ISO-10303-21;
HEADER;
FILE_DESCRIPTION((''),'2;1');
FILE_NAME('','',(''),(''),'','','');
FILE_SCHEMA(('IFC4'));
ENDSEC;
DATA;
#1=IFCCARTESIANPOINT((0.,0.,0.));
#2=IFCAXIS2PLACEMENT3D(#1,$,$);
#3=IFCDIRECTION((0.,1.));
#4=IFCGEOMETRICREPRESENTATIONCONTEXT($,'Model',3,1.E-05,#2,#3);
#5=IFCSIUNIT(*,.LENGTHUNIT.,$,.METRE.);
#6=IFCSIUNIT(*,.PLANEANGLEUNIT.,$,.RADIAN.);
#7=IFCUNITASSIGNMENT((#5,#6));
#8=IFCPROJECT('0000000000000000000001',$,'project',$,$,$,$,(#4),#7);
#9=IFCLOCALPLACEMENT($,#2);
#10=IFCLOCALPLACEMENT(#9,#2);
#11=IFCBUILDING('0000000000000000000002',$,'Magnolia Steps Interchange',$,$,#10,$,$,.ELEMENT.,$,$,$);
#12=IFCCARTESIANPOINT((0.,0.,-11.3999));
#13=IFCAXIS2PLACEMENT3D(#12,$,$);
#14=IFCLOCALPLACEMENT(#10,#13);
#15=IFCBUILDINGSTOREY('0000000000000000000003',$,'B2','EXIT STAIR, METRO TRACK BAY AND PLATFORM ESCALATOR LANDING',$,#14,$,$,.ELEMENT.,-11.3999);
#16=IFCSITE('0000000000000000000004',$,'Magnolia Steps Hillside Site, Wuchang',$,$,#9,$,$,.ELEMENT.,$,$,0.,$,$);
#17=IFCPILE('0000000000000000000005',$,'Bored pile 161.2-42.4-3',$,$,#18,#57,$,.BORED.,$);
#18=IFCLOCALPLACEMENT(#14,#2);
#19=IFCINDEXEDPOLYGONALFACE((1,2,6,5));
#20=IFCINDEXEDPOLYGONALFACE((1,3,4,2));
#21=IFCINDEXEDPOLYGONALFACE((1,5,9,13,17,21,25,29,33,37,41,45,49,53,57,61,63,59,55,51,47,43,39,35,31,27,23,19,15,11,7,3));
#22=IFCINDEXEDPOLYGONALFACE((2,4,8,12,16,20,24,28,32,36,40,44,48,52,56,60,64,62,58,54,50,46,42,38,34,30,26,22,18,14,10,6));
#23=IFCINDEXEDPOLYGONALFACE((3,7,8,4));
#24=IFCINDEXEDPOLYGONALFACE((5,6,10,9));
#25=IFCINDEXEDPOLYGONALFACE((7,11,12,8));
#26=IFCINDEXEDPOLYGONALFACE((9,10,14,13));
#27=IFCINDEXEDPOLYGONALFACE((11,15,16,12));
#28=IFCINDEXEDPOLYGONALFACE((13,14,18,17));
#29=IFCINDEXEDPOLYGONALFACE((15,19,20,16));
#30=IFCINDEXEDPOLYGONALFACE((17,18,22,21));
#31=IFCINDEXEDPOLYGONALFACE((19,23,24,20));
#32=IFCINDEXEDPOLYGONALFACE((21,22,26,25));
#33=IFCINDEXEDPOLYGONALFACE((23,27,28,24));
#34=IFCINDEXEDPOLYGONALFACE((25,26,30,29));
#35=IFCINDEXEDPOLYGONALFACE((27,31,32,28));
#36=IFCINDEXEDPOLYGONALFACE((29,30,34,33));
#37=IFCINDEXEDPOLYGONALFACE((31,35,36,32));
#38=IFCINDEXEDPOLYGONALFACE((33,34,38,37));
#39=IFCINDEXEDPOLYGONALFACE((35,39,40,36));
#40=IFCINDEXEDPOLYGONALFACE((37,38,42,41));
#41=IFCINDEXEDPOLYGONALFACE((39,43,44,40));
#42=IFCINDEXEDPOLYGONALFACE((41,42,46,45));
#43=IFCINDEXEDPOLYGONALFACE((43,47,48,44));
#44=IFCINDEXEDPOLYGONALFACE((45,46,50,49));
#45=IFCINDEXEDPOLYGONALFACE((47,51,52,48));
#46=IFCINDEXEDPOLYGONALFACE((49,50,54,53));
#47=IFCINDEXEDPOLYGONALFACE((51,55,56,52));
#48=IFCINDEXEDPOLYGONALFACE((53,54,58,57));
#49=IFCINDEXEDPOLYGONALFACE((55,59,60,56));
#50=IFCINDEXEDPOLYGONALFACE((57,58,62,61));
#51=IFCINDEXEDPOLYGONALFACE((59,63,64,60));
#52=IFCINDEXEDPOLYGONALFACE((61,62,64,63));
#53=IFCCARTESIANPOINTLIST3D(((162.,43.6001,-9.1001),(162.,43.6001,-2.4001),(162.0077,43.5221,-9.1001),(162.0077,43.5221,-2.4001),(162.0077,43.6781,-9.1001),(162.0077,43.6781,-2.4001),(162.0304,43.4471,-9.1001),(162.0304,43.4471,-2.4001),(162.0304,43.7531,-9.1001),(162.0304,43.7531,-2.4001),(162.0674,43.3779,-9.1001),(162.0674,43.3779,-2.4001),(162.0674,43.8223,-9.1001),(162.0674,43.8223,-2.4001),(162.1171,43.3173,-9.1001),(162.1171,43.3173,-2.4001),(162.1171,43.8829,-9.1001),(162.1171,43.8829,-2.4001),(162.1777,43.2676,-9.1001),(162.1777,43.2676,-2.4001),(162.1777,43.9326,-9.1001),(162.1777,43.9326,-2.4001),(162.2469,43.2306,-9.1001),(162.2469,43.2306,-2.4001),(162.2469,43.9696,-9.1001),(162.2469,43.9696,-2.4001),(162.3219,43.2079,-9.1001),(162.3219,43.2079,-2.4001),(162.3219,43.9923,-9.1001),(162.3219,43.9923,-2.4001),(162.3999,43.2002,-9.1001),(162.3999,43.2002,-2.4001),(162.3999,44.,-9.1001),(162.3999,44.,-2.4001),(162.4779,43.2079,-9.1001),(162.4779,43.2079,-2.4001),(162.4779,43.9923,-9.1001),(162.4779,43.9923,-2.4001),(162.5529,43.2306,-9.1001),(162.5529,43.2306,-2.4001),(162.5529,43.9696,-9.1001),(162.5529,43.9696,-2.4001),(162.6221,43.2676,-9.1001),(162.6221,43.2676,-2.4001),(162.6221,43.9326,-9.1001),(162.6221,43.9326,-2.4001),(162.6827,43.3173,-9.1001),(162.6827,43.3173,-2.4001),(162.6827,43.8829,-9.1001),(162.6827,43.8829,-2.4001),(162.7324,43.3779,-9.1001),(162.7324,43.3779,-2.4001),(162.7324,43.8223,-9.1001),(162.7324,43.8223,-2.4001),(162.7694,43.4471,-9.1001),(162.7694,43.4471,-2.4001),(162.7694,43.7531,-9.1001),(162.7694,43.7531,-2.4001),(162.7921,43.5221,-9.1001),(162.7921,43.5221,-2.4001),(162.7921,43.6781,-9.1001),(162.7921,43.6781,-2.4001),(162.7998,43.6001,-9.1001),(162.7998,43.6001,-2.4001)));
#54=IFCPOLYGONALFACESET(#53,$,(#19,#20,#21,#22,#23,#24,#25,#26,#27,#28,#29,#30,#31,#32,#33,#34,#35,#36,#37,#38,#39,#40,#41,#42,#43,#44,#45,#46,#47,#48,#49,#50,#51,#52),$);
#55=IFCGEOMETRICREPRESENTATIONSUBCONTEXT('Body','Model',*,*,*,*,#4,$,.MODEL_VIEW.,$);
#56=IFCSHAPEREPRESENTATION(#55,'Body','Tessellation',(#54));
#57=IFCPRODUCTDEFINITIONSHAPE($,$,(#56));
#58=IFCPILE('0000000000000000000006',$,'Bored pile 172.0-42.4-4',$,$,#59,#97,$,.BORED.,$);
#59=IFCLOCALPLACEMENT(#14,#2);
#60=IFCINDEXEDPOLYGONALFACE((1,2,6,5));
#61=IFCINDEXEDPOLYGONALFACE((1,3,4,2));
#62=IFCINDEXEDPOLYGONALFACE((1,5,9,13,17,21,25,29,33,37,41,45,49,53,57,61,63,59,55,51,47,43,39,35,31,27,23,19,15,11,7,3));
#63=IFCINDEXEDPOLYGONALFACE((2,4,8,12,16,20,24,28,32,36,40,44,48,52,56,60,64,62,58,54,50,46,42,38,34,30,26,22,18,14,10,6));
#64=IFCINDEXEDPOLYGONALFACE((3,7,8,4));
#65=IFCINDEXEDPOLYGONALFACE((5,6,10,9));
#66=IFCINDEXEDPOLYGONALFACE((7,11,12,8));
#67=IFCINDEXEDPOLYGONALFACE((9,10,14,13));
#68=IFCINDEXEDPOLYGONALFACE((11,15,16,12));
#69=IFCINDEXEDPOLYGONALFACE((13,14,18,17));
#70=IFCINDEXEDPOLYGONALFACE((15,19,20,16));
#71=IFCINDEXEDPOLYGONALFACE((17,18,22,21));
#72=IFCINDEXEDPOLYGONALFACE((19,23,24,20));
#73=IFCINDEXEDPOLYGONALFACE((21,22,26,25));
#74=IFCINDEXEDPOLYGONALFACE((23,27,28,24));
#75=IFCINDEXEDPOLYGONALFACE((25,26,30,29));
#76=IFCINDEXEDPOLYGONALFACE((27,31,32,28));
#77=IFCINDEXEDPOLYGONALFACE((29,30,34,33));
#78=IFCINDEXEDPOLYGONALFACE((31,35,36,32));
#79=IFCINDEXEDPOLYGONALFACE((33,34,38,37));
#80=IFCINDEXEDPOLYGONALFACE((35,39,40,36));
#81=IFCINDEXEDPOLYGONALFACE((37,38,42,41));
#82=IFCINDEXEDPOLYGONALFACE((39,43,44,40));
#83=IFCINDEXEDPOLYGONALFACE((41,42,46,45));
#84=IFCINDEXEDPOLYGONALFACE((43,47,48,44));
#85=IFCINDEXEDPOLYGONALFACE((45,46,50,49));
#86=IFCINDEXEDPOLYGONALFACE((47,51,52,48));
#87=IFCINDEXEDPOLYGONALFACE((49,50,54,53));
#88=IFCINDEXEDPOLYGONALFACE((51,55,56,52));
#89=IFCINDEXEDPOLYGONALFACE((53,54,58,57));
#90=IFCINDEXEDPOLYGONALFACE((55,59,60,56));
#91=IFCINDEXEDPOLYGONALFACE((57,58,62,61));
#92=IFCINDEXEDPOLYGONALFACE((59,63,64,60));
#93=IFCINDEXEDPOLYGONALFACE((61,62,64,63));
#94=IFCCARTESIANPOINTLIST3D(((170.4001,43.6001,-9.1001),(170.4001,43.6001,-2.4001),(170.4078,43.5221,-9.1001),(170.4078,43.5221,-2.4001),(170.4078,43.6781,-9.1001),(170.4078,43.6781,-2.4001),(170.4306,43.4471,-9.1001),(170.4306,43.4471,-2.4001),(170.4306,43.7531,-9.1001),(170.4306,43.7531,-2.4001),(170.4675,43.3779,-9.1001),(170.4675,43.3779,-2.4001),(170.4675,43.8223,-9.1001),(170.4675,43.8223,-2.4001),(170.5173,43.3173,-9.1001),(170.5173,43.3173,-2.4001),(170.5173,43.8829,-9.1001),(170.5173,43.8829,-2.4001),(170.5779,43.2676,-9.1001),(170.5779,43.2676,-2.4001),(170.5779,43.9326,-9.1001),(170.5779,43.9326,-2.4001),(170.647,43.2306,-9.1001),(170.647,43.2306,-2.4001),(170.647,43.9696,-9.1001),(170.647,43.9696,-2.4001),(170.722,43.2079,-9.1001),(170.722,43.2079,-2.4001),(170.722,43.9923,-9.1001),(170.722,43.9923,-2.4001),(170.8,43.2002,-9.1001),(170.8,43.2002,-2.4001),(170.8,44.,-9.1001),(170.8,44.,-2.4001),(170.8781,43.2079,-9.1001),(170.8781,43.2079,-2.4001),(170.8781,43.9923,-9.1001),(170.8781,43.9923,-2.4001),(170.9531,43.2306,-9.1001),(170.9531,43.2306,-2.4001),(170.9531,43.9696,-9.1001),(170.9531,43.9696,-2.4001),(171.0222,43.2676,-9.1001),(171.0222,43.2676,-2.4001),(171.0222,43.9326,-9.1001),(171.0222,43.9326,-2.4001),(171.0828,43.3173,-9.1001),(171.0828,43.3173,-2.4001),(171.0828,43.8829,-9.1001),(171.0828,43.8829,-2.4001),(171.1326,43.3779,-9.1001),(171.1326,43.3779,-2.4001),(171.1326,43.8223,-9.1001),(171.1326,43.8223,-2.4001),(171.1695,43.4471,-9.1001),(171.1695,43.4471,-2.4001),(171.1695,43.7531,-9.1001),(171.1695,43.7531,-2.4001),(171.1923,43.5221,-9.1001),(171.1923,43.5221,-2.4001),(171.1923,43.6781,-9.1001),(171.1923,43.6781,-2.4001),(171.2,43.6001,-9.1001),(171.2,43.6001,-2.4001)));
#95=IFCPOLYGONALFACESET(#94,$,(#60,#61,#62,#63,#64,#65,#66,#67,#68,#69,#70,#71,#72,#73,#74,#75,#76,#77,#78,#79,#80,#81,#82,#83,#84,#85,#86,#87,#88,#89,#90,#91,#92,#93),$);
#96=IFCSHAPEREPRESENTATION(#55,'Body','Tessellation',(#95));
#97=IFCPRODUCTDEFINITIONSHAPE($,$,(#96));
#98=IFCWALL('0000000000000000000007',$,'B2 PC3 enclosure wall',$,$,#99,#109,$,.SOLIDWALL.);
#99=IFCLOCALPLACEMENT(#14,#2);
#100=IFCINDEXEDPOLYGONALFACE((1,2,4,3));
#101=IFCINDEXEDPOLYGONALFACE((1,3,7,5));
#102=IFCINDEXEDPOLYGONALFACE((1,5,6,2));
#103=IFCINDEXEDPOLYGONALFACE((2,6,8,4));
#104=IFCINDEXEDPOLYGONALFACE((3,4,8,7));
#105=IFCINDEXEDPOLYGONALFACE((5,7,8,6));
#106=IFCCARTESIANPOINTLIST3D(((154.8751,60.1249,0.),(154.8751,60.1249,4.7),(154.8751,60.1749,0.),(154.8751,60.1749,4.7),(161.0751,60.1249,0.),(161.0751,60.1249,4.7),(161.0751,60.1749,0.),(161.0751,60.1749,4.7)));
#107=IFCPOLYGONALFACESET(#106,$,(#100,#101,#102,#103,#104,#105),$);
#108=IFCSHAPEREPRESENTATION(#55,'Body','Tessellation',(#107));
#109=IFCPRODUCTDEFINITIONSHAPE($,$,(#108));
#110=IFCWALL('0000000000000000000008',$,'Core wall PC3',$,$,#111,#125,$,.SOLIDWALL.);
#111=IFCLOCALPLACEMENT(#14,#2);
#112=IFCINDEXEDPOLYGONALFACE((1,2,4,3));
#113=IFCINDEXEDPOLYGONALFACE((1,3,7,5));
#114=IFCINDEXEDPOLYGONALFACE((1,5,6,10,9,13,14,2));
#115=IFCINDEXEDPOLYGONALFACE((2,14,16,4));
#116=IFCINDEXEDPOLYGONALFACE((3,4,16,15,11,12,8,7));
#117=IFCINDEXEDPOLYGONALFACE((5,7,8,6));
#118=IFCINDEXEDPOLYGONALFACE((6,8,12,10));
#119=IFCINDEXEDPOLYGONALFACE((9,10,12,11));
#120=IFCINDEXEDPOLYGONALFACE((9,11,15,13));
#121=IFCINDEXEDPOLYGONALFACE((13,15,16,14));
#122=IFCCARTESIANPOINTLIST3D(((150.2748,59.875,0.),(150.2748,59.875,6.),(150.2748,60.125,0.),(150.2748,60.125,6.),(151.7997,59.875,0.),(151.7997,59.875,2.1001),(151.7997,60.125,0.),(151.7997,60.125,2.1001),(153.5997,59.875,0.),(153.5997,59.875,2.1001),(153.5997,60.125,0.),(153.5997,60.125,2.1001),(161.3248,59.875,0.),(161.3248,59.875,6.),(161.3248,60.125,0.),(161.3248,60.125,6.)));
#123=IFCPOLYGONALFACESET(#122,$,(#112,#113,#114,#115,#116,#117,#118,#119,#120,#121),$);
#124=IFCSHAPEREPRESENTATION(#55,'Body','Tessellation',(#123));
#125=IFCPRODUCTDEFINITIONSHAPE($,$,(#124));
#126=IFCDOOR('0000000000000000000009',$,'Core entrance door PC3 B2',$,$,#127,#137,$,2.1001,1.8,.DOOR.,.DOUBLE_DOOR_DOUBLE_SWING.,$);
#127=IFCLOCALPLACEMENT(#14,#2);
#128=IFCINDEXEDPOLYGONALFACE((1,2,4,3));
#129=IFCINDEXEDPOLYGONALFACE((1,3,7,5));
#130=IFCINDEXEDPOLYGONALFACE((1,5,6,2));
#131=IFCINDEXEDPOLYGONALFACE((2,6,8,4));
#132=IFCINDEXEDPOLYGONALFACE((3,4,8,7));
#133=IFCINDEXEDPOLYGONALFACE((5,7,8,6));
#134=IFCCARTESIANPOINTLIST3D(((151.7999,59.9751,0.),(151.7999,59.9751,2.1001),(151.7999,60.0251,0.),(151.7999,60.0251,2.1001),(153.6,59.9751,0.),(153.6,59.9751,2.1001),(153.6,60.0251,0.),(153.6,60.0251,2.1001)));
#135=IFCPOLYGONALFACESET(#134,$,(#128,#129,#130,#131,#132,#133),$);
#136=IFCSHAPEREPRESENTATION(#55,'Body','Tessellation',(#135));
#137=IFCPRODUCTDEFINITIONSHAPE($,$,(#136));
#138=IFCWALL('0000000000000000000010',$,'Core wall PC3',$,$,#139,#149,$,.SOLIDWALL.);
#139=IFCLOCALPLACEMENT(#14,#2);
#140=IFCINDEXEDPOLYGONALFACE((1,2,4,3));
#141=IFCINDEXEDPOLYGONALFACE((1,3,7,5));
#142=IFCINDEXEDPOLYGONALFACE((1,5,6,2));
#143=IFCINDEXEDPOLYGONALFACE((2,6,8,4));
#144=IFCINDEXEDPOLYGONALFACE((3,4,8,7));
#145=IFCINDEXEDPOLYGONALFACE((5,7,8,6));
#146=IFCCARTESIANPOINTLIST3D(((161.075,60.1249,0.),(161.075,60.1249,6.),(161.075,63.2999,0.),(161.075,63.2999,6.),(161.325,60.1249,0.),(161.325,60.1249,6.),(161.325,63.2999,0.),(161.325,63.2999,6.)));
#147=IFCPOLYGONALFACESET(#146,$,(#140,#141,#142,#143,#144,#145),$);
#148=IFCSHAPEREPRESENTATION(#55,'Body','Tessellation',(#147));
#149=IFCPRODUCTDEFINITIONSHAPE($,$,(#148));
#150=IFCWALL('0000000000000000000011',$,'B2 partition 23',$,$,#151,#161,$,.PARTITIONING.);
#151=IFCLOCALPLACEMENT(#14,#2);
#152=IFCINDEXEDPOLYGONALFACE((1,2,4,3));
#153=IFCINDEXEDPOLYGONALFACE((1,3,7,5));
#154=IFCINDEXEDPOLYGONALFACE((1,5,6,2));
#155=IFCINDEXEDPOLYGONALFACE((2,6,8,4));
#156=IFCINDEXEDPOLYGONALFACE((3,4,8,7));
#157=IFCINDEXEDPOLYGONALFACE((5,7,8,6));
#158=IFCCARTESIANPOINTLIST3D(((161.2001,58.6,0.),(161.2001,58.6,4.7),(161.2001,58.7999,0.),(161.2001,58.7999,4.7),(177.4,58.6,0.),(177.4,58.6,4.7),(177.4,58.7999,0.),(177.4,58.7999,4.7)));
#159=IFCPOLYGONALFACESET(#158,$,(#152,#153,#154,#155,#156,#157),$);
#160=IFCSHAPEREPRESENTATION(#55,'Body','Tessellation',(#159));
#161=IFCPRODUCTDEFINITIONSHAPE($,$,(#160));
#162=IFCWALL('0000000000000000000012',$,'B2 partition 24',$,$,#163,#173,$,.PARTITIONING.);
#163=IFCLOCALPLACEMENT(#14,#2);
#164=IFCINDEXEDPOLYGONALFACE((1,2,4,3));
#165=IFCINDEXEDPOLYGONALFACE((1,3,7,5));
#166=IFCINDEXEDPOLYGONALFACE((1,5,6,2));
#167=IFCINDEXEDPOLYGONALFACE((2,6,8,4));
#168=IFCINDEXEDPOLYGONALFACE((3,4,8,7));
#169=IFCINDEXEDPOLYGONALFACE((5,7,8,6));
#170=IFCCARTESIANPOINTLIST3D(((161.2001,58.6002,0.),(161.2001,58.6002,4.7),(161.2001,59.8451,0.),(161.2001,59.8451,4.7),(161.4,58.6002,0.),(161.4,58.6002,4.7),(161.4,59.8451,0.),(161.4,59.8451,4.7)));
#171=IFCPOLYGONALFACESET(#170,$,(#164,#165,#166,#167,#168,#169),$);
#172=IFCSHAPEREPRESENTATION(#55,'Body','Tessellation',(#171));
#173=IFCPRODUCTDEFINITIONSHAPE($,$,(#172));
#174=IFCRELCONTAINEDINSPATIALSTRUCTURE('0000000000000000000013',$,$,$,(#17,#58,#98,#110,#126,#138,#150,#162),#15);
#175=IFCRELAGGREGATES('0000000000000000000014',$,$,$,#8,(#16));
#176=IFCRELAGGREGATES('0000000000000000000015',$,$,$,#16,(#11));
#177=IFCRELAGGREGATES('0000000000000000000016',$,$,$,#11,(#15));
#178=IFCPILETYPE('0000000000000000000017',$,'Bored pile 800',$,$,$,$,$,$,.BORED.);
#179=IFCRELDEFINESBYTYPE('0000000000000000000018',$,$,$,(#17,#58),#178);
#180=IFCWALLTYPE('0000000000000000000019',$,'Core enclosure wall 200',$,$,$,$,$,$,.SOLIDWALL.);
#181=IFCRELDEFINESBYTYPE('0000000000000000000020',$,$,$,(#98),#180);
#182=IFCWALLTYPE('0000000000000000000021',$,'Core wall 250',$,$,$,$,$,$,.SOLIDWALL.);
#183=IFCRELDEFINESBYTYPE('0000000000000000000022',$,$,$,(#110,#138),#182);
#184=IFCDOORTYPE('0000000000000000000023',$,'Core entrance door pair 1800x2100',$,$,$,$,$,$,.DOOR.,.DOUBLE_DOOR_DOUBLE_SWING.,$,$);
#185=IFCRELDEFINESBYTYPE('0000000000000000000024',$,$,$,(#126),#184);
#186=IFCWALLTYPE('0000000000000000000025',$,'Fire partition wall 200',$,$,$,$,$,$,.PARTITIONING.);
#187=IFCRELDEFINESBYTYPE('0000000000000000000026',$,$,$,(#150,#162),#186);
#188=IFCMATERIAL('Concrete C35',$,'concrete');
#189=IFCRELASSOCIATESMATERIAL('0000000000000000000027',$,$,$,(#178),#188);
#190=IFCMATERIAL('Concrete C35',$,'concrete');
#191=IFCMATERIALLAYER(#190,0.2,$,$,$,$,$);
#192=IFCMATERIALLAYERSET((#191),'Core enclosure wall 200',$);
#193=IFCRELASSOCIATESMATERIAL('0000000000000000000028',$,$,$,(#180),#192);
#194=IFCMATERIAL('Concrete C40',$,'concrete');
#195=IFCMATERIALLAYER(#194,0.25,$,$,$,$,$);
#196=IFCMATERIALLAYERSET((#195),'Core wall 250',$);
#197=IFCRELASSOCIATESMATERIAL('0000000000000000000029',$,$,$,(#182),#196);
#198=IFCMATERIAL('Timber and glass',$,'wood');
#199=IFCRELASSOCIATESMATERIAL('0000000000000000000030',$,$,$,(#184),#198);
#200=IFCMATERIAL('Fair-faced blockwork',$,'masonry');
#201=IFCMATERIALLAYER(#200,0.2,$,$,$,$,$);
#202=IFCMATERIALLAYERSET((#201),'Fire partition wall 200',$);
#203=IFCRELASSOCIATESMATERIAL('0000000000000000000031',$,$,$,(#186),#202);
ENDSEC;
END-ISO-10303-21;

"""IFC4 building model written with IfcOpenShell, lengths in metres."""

from ifc_helpers import new_model, si_unit, direction, frame, frame_2d, origin, origin_2d, place, context, subcontext, project, spatial, rectangle, circle, extrude, material, layer, layer_set, material_profile, profile_set, type_object, element, fill, save


model = new_model("IFC4")

# Units and contexts
model_context = context("Model", 3, precision=1e-05, world=origin(), true_north=direction((0.0, 1.0)))
body_context = subcontext(model_context, "Body", "Model", "MODEL_VIEW")
ifc_project = project(units=[si_unit("LENGTHUNIT", "METRE"), si_unit("PLANEANGLEUNIT", "RADIAN")], contexts=[model_context])

# Site, building, storey
site_placement = place(None, origin())
site = spatial("IfcSite", under=ifc_project, at=site_placement, Name="Magnolia Steps Hillside Site, Wuchang", CompositionType="ELEMENT", RefElevation=0.0)
building_placement = place(site_placement, origin())
building = spatial("IfcBuilding", under=site, at=building_placement, Name="Magnolia Steps Interchange", CompositionType="ELEMENT")
storey_placement = place(building_placement, frame((0.0, 0.0, -11.3999)))
storey = spatial("IfcBuildingStorey", under=building, at=storey_placement, Name="B2", Description="EXIT STAIR, METRO TRACK BAY AND PLATFORM ESCALATOR LANDING", CompositionType="ELEMENT", Elevation=-11.3999)

# Piles
ifc_material_1 = material(Name="Concrete C35", Category="concrete")
ifc_material_profile_1 = material_profile(ifc_material_1, circle(Radius=0.3999, at=origin_2d()), Name="Bored pile 800")
ifc_profile_set_1 = profile_set([ifc_material_profile_1], Name="Concrete C35")
pile_type_1 = type_object("IfcPileType", Name="Bored pile 800", PredefinedType="BORED", material=ifc_profile_set_1)
for number, where, z_axis, x_axis, name in (
    (1, (162.3999, 43.6001, -2.4001), (0.0, 0.0, -1.0), (1.0, 0.0, 0.0), "Bored pile 161.2-42.4-3"),
    (2, (170.8, 43.6001, -2.4001), (0.0, 0.0, -1.0), (1.0, 0.0, 0.0), "Bored pile 172.0-42.4-4"),
):
    element("IfcPile", number, at=place(storey_placement, frame(where, z_axis=z_axis, x_axis=x_axis)), inside=storey, type_object=pile_type_1, Name=name, PredefinedType="BORED", context=body_context, shape_type="SweptSolid", body=[
        extrude(circle(Radius=0.3999, at=origin_2d()), origin(), (0.0, 0.0, 1.0), 6.7),
    ])

# Wall
ifc_material_2 = material(Name="Concrete C35", Category="concrete")
ifc_layer_1 = layer(ifc_material_2, 0.2)
ifc_layer_set_1 = layer_set([ifc_layer_1], Name="Core enclosure wall 200")
wall_type_1 = type_object("IfcWallType", Name="Core enclosure wall 200", PredefinedType="SOLIDWALL", material=ifc_layer_set_1)
wall_1_placement = place(storey_placement, frame((154.875, 60.1499, 0.0), z_axis=(0.0, 0.0, 1.0), x_axis=(1.0, 0.0, 0.0)))
element("IfcWall", 3, at=wall_1_placement, inside=storey, type_object=wall_type_1, Name="B2 PC3 enclosure wall", PredefinedType="SOLIDWALL", context=body_context, shape_type="SweptSolid", body=[
    extrude(rectangle(XDim=6.2, YDim=0.05, at=frame_2d((3.1001, 0.0))), origin(), (0.0, 0.0, 1.0), 4.7),
])

# Wall, opening, door
ifc_material_3 = material(Name="Concrete C40", Category="concrete")
ifc_layer_2 = layer(ifc_material_3, 0.25)
ifc_layer_set_2 = layer_set([ifc_layer_2], Name="Core wall 250")
wall_type_2 = type_object("IfcWallType", Name="Core wall 250", PredefinedType="SOLIDWALL", material=ifc_layer_set_2)
wall_2_placement = place(storey_placement, frame((150.2749, 60.0, 0.0), z_axis=(0.0, 0.0, 1.0), x_axis=(1.0, 0.0, 0.0)))
wall_2 = element("IfcWall", 4, at=wall_2_placement, inside=storey, type_object=wall_type_2, Name="Core wall PC3", PredefinedType="SOLIDWALL", context=body_context, shape_type="SweptSolid", body=[
    extrude(rectangle(XDim=11.05, YDim=0.25, at=frame_2d((5.5249, 0.0))), origin(), (0.0, 0.0, 1.0), 6.0),
])
opening_1_placement = place(wall_2_placement, frame((1.5249, 0.0, 0.0)))
opening_1 = element("IfcOpeningElement", 5, at=opening_1_placement, cuts=wall_2, PredefinedType="OPENING", context=body_context, shape_type="SweptSolid", body=[
    extrude(rectangle(XDim=1.8, YDim=2.1001, at=frame_2d((0.8999, 1.05))), frame((0.0, 0.135, 0.0), z_axis=(0.0, -1.0, 0.0), x_axis=(1.0, 0.0, 0.0)), (0.0, 0.0, 1.0), 0.27),
])
ifc_material_4 = material(Name="Timber and glass", Category="wood")
door_type_1 = type_object("IfcDoorType", Name="Core entrance door pair 1800x2100", OperationType="DOUBLE_DOOR_DOUBLE_SWING", PredefinedType="DOOR", material=ifc_material_4)
door_1_placement = place(opening_1_placement, frame((1.8, 0.0, 0.0), z_axis=(0.0, 0.0, 1.0), x_axis=(-1.0, 0.0, 0.0)))
door_1 = element("IfcDoor", 6, at=door_1_placement, inside=storey, type_object=door_type_1, Name="Core entrance door PC3 B2", OperationType="DOUBLE_DOOR_DOUBLE_SWING", OverallHeight=2.1001, OverallWidth=1.8, PredefinedType="DOOR", context=body_context, shape_type="SweptSolid", body=[
    extrude(rectangle(XDim=1.8, YDim=2.1001, at=frame_2d((0.8999, 1.05))), frame((0.0, 0.0249, 0.0), z_axis=(0.0, -1.0, 0.0), x_axis=(1.0, 0.0, 0.0)), (0.0, 0.0, 1.0), 0.05),
])
fill(opening_1, door_1)

# Walls
wall_3_placement = place(storey_placement, frame((161.2, 60.125, 0.0), z_axis=(0.0, 0.0, 1.0), x_axis=(0.0, 1.0, 0.0)))
element("IfcWall", 7, at=wall_3_placement, inside=storey, type_object=wall_type_2, Name="Core wall PC3", PredefinedType="SOLIDWALL", context=body_context, shape_type="SweptSolid", body=[
    extrude(rectangle(XDim=3.175, YDim=0.25, at=frame_2d((1.5874, 0.0))), origin(), (0.0, 0.0, 1.0), 6.0),
])
ifc_material_5 = material(Name="Fair-faced blockwork", Category="masonry")
ifc_layer_3 = layer(ifc_material_5, 0.2)
ifc_layer_set_3 = layer_set([ifc_layer_3], Name="Fire partition wall 200")
wall_type_3 = type_object("IfcWallType", Name="Fire partition wall 200", PredefinedType="PARTITIONING", material=ifc_layer_set_3)
wall_4_placement = place(storey_placement, frame((161.2, 58.7, 0.0), z_axis=(0.0, 0.0, 1.0), x_axis=(1.0, 0.0, 0.0)))
element("IfcWall", 8, at=wall_4_placement, inside=storey, type_object=wall_type_3, Name="B2 partition 23", PredefinedType="PARTITIONING", context=body_context, shape_type="SweptSolid", body=[
    extrude(rectangle(XDim=16.2, YDim=0.2, at=frame_2d((8.1001, 0.0))), origin(), (0.0, 0.0, 1.0), 4.7),
])
wall_5_placement = place(storey_placement, frame((161.3, 58.6001, 0.0), z_axis=(0.0, 0.0, 1.0), x_axis=(0.0, 1.0, 0.0)))
element("IfcWall", 9, at=wall_5_placement, inside=storey, type_object=wall_type_3, Name="B2 partition 24", PredefinedType="PARTITIONING", context=body_context, shape_type="SweptSolid", body=[
    extrude(rectangle(XDim=1.2449, YDim=0.2, at=frame_2d((0.6226, 0.0))), origin(), (0.0, 0.0, 1.0), 4.7),
])

save(model, "model.ifc")
